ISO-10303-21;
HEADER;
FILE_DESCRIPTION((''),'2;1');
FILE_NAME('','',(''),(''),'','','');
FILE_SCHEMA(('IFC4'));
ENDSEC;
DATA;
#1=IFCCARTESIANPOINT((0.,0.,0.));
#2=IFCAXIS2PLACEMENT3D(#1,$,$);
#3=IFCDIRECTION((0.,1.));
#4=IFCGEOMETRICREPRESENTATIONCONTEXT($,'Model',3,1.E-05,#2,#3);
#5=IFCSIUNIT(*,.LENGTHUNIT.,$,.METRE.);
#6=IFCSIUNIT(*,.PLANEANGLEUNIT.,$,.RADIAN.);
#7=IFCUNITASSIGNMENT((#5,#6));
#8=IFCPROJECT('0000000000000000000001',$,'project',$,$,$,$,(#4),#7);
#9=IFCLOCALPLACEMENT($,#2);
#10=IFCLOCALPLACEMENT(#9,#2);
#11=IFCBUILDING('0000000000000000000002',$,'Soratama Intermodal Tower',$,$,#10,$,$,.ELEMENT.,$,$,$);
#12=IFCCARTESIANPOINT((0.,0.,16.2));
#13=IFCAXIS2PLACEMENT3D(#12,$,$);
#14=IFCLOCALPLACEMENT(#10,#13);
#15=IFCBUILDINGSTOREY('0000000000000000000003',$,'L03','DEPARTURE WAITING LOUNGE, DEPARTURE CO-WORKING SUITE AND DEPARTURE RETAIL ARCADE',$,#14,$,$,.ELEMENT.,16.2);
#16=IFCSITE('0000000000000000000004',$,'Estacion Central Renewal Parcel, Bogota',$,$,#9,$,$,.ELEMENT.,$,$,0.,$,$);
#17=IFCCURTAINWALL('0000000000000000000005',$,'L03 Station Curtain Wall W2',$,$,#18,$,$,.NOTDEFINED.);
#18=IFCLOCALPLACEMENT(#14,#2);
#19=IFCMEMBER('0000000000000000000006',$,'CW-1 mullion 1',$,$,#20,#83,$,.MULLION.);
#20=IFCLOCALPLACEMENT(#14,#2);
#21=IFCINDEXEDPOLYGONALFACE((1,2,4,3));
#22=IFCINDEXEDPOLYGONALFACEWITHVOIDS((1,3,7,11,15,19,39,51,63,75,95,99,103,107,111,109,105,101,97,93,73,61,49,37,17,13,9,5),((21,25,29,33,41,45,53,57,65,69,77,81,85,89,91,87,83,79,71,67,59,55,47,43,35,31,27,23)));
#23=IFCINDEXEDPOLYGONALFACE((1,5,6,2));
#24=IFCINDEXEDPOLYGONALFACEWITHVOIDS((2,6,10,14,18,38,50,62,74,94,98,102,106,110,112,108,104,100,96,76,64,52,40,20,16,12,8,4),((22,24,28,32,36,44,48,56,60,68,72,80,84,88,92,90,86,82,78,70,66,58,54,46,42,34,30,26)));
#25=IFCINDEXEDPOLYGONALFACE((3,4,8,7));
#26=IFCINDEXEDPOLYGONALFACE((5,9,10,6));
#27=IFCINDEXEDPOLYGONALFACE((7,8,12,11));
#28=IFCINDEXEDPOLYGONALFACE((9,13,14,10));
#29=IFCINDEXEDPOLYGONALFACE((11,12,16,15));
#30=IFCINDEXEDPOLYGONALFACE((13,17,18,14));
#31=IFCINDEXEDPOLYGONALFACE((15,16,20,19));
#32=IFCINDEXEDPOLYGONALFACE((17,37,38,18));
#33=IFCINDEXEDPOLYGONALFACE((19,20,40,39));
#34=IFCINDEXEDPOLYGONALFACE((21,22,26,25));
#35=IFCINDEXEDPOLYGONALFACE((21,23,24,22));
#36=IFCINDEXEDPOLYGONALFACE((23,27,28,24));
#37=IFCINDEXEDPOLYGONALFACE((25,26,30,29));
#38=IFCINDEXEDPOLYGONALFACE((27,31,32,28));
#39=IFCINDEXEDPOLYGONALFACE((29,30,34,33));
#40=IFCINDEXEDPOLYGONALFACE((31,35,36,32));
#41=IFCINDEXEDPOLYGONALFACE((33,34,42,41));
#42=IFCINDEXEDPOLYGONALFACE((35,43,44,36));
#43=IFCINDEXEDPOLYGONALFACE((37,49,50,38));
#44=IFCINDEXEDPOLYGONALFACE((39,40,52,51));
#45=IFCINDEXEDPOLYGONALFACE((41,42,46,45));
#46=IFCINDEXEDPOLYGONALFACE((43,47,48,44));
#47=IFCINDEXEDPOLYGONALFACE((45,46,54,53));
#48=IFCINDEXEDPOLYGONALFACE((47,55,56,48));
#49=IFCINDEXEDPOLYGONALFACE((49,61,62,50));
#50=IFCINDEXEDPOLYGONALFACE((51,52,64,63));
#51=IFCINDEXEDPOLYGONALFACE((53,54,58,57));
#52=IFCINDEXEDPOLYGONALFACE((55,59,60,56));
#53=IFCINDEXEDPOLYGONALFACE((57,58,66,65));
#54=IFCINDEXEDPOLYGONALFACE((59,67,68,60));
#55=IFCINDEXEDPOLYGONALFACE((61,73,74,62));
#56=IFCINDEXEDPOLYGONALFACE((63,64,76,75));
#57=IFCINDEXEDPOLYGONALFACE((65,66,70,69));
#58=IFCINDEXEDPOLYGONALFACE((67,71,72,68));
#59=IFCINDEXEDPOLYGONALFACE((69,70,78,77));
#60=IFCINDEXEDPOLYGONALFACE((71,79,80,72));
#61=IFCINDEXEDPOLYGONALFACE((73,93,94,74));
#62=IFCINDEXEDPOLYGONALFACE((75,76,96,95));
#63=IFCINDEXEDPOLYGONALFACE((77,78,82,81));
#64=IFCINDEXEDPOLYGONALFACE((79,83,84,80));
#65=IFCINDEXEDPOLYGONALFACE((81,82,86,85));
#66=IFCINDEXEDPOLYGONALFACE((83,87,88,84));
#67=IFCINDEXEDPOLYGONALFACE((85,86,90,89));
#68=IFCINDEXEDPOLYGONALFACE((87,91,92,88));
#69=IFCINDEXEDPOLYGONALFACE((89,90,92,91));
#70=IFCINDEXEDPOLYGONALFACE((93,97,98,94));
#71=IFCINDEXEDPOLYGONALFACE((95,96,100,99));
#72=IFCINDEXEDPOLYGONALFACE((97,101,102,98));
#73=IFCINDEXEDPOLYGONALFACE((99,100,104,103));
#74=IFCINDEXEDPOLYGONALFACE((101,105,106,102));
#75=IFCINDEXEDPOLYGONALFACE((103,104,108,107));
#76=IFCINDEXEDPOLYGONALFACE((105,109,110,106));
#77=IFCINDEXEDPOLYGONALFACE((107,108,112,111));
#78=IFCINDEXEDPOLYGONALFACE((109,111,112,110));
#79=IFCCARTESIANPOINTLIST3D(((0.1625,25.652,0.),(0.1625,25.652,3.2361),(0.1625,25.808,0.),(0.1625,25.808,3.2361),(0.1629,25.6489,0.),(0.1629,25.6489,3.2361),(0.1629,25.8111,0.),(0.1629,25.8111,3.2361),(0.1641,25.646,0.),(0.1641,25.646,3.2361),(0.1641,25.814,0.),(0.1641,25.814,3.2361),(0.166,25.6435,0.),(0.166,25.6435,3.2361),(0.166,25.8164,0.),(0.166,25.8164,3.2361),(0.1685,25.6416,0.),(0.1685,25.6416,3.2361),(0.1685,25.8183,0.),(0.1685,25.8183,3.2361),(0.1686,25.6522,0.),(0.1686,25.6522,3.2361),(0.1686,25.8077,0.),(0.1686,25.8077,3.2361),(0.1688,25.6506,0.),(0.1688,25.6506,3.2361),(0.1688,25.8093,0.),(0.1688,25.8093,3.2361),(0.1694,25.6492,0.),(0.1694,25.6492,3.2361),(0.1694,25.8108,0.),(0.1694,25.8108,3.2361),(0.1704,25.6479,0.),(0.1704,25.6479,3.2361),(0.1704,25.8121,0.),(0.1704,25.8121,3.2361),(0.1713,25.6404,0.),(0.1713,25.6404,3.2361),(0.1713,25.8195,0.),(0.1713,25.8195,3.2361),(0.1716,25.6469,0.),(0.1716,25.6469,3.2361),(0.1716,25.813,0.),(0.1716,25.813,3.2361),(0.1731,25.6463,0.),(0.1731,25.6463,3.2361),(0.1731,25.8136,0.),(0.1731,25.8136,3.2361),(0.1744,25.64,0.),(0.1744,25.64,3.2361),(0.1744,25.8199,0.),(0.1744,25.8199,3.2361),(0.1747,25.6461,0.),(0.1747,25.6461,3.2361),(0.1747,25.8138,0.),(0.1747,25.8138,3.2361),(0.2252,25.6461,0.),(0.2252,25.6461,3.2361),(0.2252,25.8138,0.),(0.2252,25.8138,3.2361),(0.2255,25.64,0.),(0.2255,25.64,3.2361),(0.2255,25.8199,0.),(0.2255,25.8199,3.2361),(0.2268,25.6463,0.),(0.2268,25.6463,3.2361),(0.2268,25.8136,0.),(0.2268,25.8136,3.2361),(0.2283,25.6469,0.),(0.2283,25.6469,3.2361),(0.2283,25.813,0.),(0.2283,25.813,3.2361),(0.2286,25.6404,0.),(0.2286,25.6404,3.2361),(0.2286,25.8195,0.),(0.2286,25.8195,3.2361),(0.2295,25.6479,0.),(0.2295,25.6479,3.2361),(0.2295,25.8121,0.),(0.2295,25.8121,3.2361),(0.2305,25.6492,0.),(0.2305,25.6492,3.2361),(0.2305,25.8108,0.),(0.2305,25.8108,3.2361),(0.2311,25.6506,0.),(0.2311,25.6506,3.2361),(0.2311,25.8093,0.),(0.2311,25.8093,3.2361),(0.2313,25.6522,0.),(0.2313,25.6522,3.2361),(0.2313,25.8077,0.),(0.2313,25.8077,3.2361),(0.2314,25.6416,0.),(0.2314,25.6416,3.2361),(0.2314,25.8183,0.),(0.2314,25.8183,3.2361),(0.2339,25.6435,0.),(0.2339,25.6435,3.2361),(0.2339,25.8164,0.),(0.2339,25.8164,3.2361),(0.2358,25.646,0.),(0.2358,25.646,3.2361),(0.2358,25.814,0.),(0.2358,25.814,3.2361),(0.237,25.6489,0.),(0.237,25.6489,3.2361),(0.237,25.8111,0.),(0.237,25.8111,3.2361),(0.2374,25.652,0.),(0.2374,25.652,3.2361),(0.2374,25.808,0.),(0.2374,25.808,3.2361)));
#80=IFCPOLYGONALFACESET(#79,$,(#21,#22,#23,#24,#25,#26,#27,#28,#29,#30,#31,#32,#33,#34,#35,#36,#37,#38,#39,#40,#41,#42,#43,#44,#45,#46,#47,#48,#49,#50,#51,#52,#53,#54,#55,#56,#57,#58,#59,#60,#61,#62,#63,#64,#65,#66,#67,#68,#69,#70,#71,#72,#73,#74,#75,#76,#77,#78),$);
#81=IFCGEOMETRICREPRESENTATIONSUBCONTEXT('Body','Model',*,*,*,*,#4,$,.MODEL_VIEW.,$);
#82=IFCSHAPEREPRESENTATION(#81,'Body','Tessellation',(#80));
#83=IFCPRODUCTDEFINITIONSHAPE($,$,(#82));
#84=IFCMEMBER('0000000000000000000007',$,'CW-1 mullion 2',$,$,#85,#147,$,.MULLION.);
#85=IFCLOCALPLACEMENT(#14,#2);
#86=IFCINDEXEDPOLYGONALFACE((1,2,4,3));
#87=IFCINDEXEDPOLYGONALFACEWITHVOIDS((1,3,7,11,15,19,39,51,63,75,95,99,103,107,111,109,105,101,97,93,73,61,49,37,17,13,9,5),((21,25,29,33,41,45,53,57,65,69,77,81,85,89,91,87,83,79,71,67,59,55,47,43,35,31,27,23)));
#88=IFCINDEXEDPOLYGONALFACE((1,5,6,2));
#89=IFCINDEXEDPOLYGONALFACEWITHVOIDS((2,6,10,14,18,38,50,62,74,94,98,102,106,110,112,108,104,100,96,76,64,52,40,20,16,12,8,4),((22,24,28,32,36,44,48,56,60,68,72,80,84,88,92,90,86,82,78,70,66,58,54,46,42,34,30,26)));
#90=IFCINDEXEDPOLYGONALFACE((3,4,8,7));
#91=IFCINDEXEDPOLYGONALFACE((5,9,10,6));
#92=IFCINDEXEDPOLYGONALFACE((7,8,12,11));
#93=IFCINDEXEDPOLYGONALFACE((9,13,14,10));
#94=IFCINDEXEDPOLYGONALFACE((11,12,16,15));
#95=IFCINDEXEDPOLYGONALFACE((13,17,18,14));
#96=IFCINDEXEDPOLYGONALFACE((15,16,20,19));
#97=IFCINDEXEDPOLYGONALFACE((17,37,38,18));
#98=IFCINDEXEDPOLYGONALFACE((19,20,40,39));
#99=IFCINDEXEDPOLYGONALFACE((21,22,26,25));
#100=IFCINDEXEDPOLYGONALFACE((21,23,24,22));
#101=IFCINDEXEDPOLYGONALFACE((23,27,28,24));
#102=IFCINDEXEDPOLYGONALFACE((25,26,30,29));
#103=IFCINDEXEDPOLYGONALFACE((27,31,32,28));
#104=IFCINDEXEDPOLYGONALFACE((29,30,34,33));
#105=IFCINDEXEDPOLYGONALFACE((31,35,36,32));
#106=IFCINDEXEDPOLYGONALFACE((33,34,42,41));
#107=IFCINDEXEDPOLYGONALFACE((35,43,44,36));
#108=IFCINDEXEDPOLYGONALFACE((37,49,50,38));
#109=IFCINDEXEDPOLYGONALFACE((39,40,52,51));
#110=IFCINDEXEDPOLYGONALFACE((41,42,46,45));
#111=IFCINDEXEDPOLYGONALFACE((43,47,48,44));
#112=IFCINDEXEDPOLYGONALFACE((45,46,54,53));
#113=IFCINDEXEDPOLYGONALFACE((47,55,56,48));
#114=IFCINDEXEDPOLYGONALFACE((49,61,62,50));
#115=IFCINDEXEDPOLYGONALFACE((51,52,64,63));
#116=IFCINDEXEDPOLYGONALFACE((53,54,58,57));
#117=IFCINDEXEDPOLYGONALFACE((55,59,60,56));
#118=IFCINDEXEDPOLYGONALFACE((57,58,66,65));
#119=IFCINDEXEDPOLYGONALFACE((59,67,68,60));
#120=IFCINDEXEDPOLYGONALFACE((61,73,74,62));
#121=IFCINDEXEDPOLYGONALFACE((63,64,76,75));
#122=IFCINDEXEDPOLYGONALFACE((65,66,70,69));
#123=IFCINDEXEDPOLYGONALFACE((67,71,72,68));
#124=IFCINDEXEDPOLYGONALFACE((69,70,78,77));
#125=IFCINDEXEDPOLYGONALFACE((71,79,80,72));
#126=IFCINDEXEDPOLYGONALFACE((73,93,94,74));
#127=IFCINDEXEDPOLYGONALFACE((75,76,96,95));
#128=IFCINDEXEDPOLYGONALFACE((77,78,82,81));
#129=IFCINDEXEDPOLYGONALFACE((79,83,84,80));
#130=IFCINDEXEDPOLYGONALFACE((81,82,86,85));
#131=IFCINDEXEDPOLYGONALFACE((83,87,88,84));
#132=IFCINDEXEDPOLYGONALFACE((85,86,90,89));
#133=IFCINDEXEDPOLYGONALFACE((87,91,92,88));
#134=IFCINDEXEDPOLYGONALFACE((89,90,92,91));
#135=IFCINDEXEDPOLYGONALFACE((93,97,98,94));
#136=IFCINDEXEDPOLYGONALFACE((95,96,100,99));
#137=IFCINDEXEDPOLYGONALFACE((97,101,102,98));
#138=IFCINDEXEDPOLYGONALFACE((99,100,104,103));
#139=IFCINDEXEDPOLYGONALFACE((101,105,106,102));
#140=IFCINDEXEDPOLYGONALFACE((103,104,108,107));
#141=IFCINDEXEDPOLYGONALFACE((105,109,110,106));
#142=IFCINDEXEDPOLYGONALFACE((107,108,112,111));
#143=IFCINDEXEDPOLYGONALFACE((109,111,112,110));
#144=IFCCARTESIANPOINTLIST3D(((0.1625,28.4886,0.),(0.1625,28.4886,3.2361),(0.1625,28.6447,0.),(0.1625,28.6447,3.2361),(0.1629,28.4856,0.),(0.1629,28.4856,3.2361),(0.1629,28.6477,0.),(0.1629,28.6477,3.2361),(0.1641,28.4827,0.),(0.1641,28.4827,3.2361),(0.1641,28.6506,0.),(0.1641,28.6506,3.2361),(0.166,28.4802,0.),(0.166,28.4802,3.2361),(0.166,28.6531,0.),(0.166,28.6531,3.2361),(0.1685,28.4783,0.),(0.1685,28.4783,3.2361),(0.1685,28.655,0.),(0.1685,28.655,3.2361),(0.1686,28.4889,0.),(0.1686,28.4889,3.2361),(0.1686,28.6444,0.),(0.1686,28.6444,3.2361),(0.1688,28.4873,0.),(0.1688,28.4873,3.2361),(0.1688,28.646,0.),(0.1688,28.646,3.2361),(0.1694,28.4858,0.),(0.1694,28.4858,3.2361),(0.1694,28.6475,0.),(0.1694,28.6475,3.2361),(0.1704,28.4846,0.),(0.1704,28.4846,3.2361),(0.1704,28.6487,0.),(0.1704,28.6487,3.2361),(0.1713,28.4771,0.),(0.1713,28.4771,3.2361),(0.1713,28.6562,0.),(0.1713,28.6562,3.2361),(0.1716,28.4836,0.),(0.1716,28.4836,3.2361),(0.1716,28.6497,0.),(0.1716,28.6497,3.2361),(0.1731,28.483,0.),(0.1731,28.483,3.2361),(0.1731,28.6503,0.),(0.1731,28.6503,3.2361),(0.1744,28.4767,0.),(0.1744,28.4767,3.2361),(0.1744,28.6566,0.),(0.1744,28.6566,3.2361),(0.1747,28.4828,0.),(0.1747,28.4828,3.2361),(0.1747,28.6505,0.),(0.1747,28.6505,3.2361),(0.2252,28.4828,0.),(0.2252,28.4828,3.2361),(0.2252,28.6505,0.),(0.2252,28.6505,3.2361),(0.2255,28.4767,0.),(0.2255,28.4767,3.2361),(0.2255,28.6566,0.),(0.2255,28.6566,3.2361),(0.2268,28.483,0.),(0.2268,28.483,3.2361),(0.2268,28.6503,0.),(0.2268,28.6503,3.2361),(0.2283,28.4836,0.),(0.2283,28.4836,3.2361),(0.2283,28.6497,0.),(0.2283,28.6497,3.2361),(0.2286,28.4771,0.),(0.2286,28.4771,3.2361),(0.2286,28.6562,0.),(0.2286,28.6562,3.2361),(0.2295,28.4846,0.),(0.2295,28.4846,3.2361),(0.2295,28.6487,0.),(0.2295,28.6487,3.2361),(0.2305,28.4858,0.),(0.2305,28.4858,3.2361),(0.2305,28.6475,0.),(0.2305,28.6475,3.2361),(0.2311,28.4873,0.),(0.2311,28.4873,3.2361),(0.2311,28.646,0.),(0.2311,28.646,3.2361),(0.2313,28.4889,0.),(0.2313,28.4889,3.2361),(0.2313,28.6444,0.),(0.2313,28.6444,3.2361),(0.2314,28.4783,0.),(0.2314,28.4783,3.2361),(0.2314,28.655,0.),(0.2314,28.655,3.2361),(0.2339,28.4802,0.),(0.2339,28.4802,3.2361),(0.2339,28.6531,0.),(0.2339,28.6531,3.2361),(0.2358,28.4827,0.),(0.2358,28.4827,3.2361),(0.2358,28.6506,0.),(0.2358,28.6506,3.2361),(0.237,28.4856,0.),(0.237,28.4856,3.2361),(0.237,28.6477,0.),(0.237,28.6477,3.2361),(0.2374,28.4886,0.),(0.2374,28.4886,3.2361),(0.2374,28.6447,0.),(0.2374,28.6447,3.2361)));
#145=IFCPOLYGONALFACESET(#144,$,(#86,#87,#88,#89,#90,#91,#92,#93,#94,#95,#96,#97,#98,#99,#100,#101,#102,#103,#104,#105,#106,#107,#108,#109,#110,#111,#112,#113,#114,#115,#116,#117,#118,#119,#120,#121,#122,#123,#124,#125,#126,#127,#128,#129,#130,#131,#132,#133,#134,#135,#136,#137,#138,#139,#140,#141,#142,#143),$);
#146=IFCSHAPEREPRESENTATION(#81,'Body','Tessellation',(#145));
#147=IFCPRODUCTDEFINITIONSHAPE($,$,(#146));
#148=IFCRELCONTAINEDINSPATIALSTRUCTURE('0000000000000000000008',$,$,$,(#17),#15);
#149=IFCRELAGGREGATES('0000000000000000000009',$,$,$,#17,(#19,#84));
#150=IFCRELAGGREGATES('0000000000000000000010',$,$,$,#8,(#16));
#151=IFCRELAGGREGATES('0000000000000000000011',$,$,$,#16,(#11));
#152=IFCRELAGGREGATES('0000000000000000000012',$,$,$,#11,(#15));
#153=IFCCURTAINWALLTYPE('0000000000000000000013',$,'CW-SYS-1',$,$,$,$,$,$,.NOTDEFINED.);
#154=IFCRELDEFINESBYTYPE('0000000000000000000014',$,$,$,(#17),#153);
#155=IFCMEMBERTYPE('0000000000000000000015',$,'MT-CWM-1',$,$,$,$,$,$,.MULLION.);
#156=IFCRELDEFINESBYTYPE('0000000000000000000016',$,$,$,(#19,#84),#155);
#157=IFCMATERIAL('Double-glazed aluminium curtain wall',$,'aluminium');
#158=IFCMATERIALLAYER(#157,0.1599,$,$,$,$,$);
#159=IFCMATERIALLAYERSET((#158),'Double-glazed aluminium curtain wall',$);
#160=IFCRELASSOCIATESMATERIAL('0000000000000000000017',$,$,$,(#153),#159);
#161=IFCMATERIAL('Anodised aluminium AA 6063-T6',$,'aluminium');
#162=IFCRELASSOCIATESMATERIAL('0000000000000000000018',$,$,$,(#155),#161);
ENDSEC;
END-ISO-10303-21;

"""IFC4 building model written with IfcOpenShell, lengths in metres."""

from ifc_helpers import new_model, si_unit, direction, frame, origin, origin_2d, place, context, subcontext, project, spatial, hollow_rectangle, extrude, material, layer, layer_set, material_profile, profile_set, type_object, element, aggregate, save


model = new_model("IFC4")

# Units and contexts
model_context = context("Model", 3, precision=1e-05, world=origin(), true_north=direction((0.0, 1.0)))
body_context = subcontext(model_context, "Body", "Model", "MODEL_VIEW")
ifc_project = project(units=[si_unit("LENGTHUNIT", "METRE"), si_unit("PLANEANGLEUNIT", "RADIAN")], contexts=[model_context])

# Site, building, storey
site_placement = place(None, origin())
site = spatial("IfcSite", under=ifc_project, at=site_placement, Name="Estacion Central Renewal Parcel, Bogota", CompositionType="ELEMENT", RefElevation=0.0)
building_placement = place(site_placement, origin())
building = spatial("IfcBuilding", under=site, at=building_placement, Name="Soratama Intermodal Tower", CompositionType="ELEMENT")
storey_placement = place(building_placement, frame((0.0, 0.0, 16.2)))
storey = spatial("IfcBuildingStorey", under=building, at=storey_placement, Name="L03", Description="DEPARTURE WAITING LOUNGE, DEPARTURE CO-WORKING SUITE AND DEPARTURE RETAIL ARCADE", CompositionType="ELEMENT", Elevation=16.2)

# Shared definitions
ifc_material_1 = material(Name="Double-glazed aluminium curtain wall", Category="aluminium")
ifc_layer_1 = layer(ifc_material_1, 0.1599)
ifc_layer_set_1 = layer_set([ifc_layer_1], Name="Double-glazed aluminium curtain wall")
curtain_wall_type = type_object("IfcCurtainWallType", Name="CW-SYS-1", PredefinedType="NOTDEFINED", material=ifc_layer_set_1)
ifc_material_2 = material(Name="Anodised aluminium AA 6063-T6", Category="aluminium")
ifc_material_profile_1 = material_profile(ifc_material_2, hollow_rectangle(XDim=0.075, YDim=0.1799, WallThickness=0.0061, InnerFilletRadius=0.0061, OuterFilletRadius=0.012, at=origin_2d()), Name="CWM180X75X6")
ifc_profile_set_1 = profile_set([ifc_material_profile_1], Name="Anodised aluminium AA 6063-T6")
member_type_1 = type_object("IfcMemberType", Name="MT-CWM-1", PredefinedType="MULLION", material=ifc_profile_set_1)

# Curtain wall, members
curtain_wall_1_placement = place(storey_placement, origin())
curtain_wall_1 = element("IfcCurtainWall", 1, at=curtain_wall_1_placement, inside=storey, type_object=curtain_wall_type, Name="L03 Station Curtain Wall W2", PredefinedType="NOTDEFINED")
member_1_placement = place(storey_placement, frame((0.2, 25.73, 0.0), z_axis=(0.0, 0.0, 1.0), x_axis=(-1.0, 0.0, 0.0)))
member_1 = element("IfcMember", 2, at=member_1_placement, type_object=member_type_1, Name="CW-1 mullion 1", PredefinedType="MULLION", context=body_context, shape_type="SweptSolid", body=[
    extrude(hollow_rectangle(XDim=0.075, YDim=0.1799, WallThickness=0.0061, InnerFilletRadius=0.0061, OuterFilletRadius=0.012, at=origin_2d()), origin(), (0.0, 0.0, 1.0), 3.2361),
])
member_2_placement = place(storey_placement, frame((0.2, 28.5667, 0.0), z_axis=(0.0, 0.0, 1.0), x_axis=(-1.0, 0.0, 0.0)))
member_2 = element("IfcMember", 3, at=member_2_placement, type_object=member_type_1, Name="CW-1 mullion 2", PredefinedType="MULLION", context=body_context, shape_type="SweptSolid", body=[
    extrude(hollow_rectangle(XDim=0.075, YDim=0.1799, WallThickness=0.0061, InnerFilletRadius=0.0061, OuterFilletRadius=0.012, at=origin_2d()), origin(), (0.0, 0.0, 1.0), 3.2361),
])

aggregate(curtain_wall_1, [member_1, member_2])

save(model, "model.ifc")
